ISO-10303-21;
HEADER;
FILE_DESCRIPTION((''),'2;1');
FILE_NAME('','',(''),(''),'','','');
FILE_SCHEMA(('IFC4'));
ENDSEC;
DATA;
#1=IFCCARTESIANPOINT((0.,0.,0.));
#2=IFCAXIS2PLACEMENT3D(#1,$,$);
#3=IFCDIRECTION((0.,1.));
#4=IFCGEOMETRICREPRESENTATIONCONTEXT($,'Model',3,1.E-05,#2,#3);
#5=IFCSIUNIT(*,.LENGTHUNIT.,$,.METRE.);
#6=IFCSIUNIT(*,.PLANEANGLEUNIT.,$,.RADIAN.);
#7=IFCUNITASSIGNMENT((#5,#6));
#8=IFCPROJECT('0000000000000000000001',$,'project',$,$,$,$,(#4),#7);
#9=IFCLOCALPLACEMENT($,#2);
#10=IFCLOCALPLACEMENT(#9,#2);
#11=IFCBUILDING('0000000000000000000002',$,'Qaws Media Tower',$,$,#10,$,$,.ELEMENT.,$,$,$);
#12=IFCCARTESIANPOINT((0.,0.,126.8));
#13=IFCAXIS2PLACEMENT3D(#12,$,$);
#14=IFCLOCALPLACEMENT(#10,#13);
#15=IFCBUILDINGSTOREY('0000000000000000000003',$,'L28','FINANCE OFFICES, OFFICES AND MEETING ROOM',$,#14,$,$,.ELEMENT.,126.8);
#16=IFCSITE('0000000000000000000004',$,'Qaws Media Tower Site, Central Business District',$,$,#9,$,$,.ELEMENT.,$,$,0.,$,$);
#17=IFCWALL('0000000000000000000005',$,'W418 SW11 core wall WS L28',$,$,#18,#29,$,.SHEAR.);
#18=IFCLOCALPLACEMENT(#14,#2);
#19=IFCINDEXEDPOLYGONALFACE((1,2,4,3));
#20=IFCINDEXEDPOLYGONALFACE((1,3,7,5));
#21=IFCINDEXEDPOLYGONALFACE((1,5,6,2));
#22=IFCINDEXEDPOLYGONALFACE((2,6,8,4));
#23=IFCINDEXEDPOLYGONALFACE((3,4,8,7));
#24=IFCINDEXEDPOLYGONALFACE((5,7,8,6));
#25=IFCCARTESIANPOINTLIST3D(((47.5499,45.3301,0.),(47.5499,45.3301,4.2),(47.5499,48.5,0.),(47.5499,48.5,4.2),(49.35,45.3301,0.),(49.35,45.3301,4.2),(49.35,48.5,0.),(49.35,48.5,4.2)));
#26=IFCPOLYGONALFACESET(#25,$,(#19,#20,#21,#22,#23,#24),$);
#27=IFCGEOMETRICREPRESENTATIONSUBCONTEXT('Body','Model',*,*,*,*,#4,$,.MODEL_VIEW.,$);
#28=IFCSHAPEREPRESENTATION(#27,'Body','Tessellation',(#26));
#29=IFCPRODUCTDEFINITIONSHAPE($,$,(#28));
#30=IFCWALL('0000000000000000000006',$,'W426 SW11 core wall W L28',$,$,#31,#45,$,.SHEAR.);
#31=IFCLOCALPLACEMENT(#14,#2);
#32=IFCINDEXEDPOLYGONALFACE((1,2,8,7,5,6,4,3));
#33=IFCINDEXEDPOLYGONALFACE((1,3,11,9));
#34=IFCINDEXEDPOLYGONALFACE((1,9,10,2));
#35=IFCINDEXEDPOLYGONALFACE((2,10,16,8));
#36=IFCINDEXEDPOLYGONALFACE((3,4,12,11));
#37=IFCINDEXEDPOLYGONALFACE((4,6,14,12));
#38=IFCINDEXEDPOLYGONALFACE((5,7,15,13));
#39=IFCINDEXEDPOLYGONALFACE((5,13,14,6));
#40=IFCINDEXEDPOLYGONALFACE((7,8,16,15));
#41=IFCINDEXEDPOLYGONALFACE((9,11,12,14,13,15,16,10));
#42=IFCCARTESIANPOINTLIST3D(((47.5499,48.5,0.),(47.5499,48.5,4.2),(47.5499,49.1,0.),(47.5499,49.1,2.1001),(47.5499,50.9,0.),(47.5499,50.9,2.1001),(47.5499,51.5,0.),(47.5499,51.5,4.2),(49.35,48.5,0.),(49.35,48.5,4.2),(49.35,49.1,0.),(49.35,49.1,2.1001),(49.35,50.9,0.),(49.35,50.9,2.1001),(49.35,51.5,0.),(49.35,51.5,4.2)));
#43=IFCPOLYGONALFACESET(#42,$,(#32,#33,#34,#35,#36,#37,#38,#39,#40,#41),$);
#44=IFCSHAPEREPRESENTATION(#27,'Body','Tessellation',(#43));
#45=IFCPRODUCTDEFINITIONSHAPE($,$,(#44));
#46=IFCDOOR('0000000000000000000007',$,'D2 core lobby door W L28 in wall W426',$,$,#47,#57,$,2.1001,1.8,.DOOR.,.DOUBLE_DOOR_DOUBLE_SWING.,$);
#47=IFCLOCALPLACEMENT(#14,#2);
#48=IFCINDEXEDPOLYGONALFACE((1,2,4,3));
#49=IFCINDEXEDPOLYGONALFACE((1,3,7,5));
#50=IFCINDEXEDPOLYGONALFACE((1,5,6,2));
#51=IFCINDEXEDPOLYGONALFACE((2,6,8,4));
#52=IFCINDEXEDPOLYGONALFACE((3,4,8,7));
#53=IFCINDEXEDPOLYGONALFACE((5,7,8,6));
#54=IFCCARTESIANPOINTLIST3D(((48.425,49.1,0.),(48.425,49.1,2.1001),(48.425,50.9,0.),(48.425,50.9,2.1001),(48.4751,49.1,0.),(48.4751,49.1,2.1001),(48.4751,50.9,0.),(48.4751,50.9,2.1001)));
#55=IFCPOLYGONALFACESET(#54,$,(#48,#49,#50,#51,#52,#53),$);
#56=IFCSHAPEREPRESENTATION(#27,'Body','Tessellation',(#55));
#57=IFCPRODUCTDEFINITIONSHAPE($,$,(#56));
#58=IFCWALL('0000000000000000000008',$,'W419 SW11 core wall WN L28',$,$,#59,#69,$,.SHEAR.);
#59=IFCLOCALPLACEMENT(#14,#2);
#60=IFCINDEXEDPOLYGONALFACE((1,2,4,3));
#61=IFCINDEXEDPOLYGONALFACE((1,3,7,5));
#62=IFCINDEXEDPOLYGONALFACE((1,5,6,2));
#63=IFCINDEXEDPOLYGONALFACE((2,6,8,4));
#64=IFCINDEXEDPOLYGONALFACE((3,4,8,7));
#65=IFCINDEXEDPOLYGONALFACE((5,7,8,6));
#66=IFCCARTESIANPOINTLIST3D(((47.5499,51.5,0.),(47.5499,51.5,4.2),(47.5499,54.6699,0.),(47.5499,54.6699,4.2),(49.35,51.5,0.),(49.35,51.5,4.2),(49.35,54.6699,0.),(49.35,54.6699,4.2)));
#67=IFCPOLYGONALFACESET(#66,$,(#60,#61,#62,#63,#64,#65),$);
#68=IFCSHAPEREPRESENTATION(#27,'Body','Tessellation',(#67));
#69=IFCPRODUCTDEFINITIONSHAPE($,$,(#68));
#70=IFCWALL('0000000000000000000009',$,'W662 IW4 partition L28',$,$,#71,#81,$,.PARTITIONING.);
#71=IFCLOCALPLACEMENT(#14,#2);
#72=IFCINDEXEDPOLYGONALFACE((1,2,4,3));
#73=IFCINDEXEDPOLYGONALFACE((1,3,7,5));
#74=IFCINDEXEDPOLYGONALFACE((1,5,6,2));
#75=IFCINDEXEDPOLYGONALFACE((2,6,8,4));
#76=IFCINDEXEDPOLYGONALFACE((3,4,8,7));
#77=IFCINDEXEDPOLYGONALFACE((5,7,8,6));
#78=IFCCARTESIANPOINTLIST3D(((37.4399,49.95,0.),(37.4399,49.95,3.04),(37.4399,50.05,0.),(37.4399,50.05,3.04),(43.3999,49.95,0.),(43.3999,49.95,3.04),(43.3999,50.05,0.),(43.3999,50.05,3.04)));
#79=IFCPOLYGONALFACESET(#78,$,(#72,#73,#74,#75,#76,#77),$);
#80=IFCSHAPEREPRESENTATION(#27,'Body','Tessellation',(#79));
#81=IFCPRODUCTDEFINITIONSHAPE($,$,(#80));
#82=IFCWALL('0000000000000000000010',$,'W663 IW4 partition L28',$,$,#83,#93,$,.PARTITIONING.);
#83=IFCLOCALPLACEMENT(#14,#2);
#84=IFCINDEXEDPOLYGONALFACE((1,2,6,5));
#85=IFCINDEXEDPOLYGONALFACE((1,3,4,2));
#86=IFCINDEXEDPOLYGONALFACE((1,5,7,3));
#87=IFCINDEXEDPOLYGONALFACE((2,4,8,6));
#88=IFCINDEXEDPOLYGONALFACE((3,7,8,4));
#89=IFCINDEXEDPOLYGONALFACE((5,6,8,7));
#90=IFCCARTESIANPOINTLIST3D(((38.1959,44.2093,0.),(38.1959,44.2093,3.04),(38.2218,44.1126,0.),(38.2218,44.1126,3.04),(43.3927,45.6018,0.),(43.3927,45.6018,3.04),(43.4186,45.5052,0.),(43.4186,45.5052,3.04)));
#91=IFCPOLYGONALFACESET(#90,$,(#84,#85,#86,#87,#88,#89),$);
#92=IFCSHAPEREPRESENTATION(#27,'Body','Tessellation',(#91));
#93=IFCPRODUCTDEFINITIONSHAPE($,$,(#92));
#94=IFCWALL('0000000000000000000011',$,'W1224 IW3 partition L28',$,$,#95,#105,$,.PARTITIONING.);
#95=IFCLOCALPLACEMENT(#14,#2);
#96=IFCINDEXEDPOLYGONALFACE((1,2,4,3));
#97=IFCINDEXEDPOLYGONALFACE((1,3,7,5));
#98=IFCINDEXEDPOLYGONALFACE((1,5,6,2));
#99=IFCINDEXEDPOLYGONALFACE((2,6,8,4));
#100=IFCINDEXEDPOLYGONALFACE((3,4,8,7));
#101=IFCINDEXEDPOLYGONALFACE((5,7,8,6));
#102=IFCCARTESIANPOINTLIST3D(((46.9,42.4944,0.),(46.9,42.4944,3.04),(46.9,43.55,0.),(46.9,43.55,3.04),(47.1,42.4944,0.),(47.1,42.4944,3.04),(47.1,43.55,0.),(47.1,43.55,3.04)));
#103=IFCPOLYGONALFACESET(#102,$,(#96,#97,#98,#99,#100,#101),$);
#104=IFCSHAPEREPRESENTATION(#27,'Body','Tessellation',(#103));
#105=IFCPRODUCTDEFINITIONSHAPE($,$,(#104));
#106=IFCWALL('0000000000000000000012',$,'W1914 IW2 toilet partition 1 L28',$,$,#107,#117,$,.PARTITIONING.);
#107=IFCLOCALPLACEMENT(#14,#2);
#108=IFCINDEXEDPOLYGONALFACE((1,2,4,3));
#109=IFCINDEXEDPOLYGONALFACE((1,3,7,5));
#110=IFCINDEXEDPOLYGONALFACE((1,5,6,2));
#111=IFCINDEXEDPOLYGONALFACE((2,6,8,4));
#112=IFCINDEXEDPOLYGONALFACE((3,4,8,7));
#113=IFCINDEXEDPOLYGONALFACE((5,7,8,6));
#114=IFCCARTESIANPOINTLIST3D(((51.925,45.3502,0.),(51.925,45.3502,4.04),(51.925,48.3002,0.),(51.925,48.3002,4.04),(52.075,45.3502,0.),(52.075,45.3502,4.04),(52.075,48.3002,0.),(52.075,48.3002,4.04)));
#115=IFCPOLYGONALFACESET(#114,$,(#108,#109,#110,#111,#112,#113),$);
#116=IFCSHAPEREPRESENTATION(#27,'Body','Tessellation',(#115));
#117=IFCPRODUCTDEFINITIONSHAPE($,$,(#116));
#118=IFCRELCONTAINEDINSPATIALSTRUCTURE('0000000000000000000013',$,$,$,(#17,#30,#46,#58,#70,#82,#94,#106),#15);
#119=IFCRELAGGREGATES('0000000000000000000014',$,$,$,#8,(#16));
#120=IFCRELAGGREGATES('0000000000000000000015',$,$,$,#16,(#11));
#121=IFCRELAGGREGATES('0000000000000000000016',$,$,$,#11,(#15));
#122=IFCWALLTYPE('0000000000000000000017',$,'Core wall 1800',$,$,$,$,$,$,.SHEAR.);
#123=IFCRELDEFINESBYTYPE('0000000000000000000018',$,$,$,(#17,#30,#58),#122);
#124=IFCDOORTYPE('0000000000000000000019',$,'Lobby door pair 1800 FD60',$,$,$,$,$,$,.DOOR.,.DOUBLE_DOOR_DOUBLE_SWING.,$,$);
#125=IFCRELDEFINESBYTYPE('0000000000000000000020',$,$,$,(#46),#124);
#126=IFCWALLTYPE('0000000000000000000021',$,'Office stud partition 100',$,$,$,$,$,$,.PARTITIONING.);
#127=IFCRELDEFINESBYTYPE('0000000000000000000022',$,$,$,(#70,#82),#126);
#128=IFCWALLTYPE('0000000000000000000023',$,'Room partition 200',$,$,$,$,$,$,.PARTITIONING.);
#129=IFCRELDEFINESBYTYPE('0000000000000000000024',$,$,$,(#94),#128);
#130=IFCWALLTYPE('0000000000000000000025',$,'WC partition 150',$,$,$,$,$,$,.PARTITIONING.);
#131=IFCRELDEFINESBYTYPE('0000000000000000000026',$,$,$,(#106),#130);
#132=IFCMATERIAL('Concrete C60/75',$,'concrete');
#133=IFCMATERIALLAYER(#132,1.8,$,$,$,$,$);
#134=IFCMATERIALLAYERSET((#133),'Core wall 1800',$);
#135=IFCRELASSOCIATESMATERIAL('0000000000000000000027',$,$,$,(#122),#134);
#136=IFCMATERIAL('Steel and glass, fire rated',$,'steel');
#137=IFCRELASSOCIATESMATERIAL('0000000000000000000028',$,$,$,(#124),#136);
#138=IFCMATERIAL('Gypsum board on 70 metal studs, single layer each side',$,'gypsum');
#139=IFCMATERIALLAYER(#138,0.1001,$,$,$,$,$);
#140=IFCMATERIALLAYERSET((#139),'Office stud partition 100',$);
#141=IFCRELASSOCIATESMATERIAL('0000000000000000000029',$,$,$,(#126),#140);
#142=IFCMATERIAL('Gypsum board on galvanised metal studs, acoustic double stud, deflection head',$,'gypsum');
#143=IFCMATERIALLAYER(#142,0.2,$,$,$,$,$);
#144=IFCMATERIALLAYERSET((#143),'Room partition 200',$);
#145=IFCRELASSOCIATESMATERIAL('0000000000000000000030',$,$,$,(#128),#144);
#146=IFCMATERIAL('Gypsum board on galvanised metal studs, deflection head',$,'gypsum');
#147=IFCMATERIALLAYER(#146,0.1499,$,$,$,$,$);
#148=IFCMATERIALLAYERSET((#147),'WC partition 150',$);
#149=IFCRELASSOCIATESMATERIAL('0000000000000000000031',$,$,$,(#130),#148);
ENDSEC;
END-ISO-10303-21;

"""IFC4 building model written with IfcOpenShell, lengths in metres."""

from ifc_helpers import new_model, si_unit, direction, frame, frame_2d, origin, place, context, subcontext, project, spatial, rectangle, extrude, material, layer, layer_set, type_object, element, fill, save


model = new_model("IFC4")

# Units and contexts
model_context = context("Model", 3, precision=1e-05, world=origin(), true_north=direction((0.0, 1.0)))
body_context = subcontext(model_context, "Body", "Model", "MODEL_VIEW")
ifc_project = project(units=[si_unit("LENGTHUNIT", "METRE"), si_unit("PLANEANGLEUNIT", "RADIAN")], contexts=[model_context])

# Site, building, storey
site_placement = place(None, origin())
site = spatial("IfcSite", under=ifc_project, at=site_placement, Name="Qaws Media Tower Site, Central Business District", CompositionType="ELEMENT", RefElevation=0.0)
building_placement = place(site_placement, origin())
building = spatial("IfcBuilding", under=site, at=building_placement, Name="Qaws Media Tower", CompositionType="ELEMENT")
storey_placement = place(building_placement, frame((0.0, 0.0, 126.8)))
storey = spatial("IfcBuildingStorey", under=building, at=storey_placement, Name="L28", Description="FINANCE OFFICES, OFFICES AND MEETING ROOM", CompositionType="ELEMENT", Elevation=126.8)

# Wall
ifc_material_1 = material(Name="Concrete C60/75", Category="concrete")
ifc_layer_1 = layer(ifc_material_1, 1.8)
ifc_layer_set_1 = layer_set([ifc_layer_1], Name="Core wall 1800")
wall_type_1 = type_object("IfcWallType", Name="Core wall 1800", PredefinedType="SHEAR", material=ifc_layer_set_1)
wall_1_placement = place(storey_placement, frame((48.45, 45.3301, 0.0), z_axis=(0.0, 0.0, 1.0), x_axis=(0.0, 1.0, 0.0)))
element("IfcWall", 1, at=wall_1_placement, inside=storey, type_object=wall_type_1, Name="W418 SW11 core wall WS L28", PredefinedType="SHEAR", context=body_context, shape_type="SweptSolid", body=[
    extrude(rectangle(XDim=3.1699, YDim=1.8, at=frame_2d((1.585, 0.0))), origin(), (0.0, 0.0, 1.0), 4.2),
])

# Wall, opening, door
wall_2_placement = place(storey_placement, frame((48.45, 48.5, 0.0), z_axis=(0.0, 0.0, 1.0), x_axis=(0.0, 1.0, 0.0)))
wall_2 = element("IfcWall", 2, at=wall_2_placement, inside=storey, type_object=wall_type_1, Name="W426 SW11 core wall W L28", PredefinedType="SHEAR", context=body_context, shape_type="SweptSolid", body=[
    extrude(rectangle(XDim=3.0, YDim=1.8, at=frame_2d((1.5, 0.0))), origin(), (0.0, 0.0, 1.0), 4.2),
])
opening_1_placement = place(wall_2_placement, frame((0.6001, 0.0, 0.0)))
opening_1 = element("IfcOpeningElement", 3, at=opening_1_placement, cuts=wall_2, PredefinedType="OPENING", context=body_context, shape_type="SweptSolid", body=[
    extrude(rectangle(XDim=1.8, YDim=2.1001, at=frame_2d((0.8999, 1.05))), frame((0.0, 0.9099, 0.0), z_axis=(0.0, -1.0, 0.0), x_axis=(1.0, 0.0, 0.0)), (0.0, 0.0, 1.0), 1.8201),
])
ifc_material_2 = material(Name="Steel and glass, fire rated", Category="steel")
door_type_1 = type_object("IfcDoorType", Name="Lobby door pair 1800 FD60", OperationType="DOUBLE_DOOR_DOUBLE_SWING", PredefinedType="DOOR", material=ifc_material_2)
door_1_placement = place(opening_1_placement, origin())
door_1 = element("IfcDoor", 4, at=door_1_placement, inside=storey, type_object=door_type_1, Name="D2 core lobby door W L28 in wall W426", OperationType="DOUBLE_DOOR_DOUBLE_SWING", OverallHeight=2.1001, OverallWidth=1.8, PredefinedType="DOOR", context=body_context, shape_type="SweptSolid", body=[
    extrude(rectangle(XDim=1.8, YDim=2.1001, at=frame_2d((0.8999, 1.05))), frame((0.0, 0.0249, 0.0), z_axis=(0.0, -1.0, 0.0), x_axis=(1.0, 0.0, 0.0)), (0.0, 0.0, 1.0), 0.05),
])
fill(opening_1, door_1)

# Walls
wall_3_placement = place(storey_placement, frame((48.45, 51.5, 0.0), z_axis=(0.0, 0.0, 1.0), x_axis=(0.0, 1.0, 0.0)))
element("IfcWall", 5, at=wall_3_placement, inside=storey, type_object=wall_type_1, Name="W419 SW11 core wall WN L28", PredefinedType="SHEAR", context=body_context, shape_type="SweptSolid", body=[
    extrude(rectangle(XDim=3.1699, YDim=1.8, at=frame_2d((1.585, 0.0))), origin(), (0.0, 0.0, 1.0), 4.2),
])
ifc_material_3 = material(Name="Gypsum board on 70 metal studs, single layer each side", Category="gypsum")
ifc_layer_2 = layer(ifc_material_3, 0.1001)
ifc_layer_set_2 = layer_set([ifc_layer_2], Name="Office stud partition 100")
wall_type_2 = type_object("IfcWallType", Name="Office stud partition 100", PredefinedType="PARTITIONING", material=ifc_layer_set_2)
wall_4_placement = place(storey_placement, frame((43.3999, 50.0, 0.0), z_axis=(0.0, 0.0, 1.0), x_axis=(-1.0, 0.0, 0.0)))
element("IfcWall", 6, at=wall_4_placement, inside=storey, type_object=wall_type_2, Name="W662 IW4 partition L28", PredefinedType="PARTITIONING", context=body_context, shape_type="SweptSolid", body=[
    extrude(rectangle(XDim=5.96, YDim=0.1001, at=frame_2d((2.98, 0.0))), origin(), (0.0, 0.0, 1.0), 3.04),
])
wall_5_placement = place(storey_placement, frame((43.4055, 45.5535, 0.0), z_axis=(0.0, 0.0, 1.0), x_axis=(-0.965921, -0.258837, 0.0)))
element("IfcWall", 7, at=wall_5_placement, inside=storey, type_object=wall_type_2, Name="W663 IW4 partition L28", PredefinedType="PARTITIONING", context=body_context, shape_type="SweptSolid", body=[
    extrude(rectangle(XDim=5.3801, YDim=0.1001, at=frame_2d((2.6899, 0.0))), origin(), (0.0, 0.0, 1.0), 3.04),
])
ifc_material_4 = material(Name="Gypsum board on galvanised metal studs, acoustic double stud, deflection head", Category="gypsum")
ifc_layer_3 = layer(ifc_material_4, 0.2)
ifc_layer_set_3 = layer_set([ifc_layer_3], Name="Room partition 200")
wall_type_3 = type_object("IfcWallType", Name="Room partition 200", PredefinedType="PARTITIONING", material=ifc_layer_set_3)
wall_6_placement = place(storey_placement, frame((47.0, 43.55, 0.0), z_axis=(0.0, 0.0, 1.0), x_axis=(0.0, -1.0, 0.0)))
element("IfcWall", 8, at=wall_6_placement, inside=storey, type_object=wall_type_3, Name="W1224 IW3 partition L28", PredefinedType="PARTITIONING", context=body_context, shape_type="SweptSolid", body=[
    extrude(rectangle(XDim=1.0557, YDim=0.2, at=frame_2d((0.5278, 0.0))), origin(), (0.0, 0.0, 1.0), 3.04),
])

# Wall
ifc_material_5 = material(Name="Gypsum board on galvanised metal studs, deflection head", Category="gypsum")
ifc_layer_4 = layer(ifc_material_5, 0.1499)
ifc_layer_set_4 = layer_set([ifc_layer_4], Name="WC partition 150")
wall_type_4 = type_object("IfcWallType", Name="WC partition 150", PredefinedType="PARTITIONING", material=ifc_layer_set_4)
wall_7_placement = place(storey_placement, frame((52.0, 45.3501, 0.0), z_axis=(0.0, 0.0, 1.0), x_axis=(0.0, 1.0, 0.0)))
element("IfcWall", 9, at=wall_7_placement, inside=storey, type_object=wall_type_4, Name="W1914 IW2 toilet partition 1 L28", PredefinedType="PARTITIONING", context=body_context, shape_type="SweptSolid", body=[
    extrude(rectangle(XDim=2.95, YDim=0.1499, at=frame_2d((1.4751, 0.0))), origin(), (0.0, 0.0, 1.0), 4.04),
])

save(model, "model.ifc")
